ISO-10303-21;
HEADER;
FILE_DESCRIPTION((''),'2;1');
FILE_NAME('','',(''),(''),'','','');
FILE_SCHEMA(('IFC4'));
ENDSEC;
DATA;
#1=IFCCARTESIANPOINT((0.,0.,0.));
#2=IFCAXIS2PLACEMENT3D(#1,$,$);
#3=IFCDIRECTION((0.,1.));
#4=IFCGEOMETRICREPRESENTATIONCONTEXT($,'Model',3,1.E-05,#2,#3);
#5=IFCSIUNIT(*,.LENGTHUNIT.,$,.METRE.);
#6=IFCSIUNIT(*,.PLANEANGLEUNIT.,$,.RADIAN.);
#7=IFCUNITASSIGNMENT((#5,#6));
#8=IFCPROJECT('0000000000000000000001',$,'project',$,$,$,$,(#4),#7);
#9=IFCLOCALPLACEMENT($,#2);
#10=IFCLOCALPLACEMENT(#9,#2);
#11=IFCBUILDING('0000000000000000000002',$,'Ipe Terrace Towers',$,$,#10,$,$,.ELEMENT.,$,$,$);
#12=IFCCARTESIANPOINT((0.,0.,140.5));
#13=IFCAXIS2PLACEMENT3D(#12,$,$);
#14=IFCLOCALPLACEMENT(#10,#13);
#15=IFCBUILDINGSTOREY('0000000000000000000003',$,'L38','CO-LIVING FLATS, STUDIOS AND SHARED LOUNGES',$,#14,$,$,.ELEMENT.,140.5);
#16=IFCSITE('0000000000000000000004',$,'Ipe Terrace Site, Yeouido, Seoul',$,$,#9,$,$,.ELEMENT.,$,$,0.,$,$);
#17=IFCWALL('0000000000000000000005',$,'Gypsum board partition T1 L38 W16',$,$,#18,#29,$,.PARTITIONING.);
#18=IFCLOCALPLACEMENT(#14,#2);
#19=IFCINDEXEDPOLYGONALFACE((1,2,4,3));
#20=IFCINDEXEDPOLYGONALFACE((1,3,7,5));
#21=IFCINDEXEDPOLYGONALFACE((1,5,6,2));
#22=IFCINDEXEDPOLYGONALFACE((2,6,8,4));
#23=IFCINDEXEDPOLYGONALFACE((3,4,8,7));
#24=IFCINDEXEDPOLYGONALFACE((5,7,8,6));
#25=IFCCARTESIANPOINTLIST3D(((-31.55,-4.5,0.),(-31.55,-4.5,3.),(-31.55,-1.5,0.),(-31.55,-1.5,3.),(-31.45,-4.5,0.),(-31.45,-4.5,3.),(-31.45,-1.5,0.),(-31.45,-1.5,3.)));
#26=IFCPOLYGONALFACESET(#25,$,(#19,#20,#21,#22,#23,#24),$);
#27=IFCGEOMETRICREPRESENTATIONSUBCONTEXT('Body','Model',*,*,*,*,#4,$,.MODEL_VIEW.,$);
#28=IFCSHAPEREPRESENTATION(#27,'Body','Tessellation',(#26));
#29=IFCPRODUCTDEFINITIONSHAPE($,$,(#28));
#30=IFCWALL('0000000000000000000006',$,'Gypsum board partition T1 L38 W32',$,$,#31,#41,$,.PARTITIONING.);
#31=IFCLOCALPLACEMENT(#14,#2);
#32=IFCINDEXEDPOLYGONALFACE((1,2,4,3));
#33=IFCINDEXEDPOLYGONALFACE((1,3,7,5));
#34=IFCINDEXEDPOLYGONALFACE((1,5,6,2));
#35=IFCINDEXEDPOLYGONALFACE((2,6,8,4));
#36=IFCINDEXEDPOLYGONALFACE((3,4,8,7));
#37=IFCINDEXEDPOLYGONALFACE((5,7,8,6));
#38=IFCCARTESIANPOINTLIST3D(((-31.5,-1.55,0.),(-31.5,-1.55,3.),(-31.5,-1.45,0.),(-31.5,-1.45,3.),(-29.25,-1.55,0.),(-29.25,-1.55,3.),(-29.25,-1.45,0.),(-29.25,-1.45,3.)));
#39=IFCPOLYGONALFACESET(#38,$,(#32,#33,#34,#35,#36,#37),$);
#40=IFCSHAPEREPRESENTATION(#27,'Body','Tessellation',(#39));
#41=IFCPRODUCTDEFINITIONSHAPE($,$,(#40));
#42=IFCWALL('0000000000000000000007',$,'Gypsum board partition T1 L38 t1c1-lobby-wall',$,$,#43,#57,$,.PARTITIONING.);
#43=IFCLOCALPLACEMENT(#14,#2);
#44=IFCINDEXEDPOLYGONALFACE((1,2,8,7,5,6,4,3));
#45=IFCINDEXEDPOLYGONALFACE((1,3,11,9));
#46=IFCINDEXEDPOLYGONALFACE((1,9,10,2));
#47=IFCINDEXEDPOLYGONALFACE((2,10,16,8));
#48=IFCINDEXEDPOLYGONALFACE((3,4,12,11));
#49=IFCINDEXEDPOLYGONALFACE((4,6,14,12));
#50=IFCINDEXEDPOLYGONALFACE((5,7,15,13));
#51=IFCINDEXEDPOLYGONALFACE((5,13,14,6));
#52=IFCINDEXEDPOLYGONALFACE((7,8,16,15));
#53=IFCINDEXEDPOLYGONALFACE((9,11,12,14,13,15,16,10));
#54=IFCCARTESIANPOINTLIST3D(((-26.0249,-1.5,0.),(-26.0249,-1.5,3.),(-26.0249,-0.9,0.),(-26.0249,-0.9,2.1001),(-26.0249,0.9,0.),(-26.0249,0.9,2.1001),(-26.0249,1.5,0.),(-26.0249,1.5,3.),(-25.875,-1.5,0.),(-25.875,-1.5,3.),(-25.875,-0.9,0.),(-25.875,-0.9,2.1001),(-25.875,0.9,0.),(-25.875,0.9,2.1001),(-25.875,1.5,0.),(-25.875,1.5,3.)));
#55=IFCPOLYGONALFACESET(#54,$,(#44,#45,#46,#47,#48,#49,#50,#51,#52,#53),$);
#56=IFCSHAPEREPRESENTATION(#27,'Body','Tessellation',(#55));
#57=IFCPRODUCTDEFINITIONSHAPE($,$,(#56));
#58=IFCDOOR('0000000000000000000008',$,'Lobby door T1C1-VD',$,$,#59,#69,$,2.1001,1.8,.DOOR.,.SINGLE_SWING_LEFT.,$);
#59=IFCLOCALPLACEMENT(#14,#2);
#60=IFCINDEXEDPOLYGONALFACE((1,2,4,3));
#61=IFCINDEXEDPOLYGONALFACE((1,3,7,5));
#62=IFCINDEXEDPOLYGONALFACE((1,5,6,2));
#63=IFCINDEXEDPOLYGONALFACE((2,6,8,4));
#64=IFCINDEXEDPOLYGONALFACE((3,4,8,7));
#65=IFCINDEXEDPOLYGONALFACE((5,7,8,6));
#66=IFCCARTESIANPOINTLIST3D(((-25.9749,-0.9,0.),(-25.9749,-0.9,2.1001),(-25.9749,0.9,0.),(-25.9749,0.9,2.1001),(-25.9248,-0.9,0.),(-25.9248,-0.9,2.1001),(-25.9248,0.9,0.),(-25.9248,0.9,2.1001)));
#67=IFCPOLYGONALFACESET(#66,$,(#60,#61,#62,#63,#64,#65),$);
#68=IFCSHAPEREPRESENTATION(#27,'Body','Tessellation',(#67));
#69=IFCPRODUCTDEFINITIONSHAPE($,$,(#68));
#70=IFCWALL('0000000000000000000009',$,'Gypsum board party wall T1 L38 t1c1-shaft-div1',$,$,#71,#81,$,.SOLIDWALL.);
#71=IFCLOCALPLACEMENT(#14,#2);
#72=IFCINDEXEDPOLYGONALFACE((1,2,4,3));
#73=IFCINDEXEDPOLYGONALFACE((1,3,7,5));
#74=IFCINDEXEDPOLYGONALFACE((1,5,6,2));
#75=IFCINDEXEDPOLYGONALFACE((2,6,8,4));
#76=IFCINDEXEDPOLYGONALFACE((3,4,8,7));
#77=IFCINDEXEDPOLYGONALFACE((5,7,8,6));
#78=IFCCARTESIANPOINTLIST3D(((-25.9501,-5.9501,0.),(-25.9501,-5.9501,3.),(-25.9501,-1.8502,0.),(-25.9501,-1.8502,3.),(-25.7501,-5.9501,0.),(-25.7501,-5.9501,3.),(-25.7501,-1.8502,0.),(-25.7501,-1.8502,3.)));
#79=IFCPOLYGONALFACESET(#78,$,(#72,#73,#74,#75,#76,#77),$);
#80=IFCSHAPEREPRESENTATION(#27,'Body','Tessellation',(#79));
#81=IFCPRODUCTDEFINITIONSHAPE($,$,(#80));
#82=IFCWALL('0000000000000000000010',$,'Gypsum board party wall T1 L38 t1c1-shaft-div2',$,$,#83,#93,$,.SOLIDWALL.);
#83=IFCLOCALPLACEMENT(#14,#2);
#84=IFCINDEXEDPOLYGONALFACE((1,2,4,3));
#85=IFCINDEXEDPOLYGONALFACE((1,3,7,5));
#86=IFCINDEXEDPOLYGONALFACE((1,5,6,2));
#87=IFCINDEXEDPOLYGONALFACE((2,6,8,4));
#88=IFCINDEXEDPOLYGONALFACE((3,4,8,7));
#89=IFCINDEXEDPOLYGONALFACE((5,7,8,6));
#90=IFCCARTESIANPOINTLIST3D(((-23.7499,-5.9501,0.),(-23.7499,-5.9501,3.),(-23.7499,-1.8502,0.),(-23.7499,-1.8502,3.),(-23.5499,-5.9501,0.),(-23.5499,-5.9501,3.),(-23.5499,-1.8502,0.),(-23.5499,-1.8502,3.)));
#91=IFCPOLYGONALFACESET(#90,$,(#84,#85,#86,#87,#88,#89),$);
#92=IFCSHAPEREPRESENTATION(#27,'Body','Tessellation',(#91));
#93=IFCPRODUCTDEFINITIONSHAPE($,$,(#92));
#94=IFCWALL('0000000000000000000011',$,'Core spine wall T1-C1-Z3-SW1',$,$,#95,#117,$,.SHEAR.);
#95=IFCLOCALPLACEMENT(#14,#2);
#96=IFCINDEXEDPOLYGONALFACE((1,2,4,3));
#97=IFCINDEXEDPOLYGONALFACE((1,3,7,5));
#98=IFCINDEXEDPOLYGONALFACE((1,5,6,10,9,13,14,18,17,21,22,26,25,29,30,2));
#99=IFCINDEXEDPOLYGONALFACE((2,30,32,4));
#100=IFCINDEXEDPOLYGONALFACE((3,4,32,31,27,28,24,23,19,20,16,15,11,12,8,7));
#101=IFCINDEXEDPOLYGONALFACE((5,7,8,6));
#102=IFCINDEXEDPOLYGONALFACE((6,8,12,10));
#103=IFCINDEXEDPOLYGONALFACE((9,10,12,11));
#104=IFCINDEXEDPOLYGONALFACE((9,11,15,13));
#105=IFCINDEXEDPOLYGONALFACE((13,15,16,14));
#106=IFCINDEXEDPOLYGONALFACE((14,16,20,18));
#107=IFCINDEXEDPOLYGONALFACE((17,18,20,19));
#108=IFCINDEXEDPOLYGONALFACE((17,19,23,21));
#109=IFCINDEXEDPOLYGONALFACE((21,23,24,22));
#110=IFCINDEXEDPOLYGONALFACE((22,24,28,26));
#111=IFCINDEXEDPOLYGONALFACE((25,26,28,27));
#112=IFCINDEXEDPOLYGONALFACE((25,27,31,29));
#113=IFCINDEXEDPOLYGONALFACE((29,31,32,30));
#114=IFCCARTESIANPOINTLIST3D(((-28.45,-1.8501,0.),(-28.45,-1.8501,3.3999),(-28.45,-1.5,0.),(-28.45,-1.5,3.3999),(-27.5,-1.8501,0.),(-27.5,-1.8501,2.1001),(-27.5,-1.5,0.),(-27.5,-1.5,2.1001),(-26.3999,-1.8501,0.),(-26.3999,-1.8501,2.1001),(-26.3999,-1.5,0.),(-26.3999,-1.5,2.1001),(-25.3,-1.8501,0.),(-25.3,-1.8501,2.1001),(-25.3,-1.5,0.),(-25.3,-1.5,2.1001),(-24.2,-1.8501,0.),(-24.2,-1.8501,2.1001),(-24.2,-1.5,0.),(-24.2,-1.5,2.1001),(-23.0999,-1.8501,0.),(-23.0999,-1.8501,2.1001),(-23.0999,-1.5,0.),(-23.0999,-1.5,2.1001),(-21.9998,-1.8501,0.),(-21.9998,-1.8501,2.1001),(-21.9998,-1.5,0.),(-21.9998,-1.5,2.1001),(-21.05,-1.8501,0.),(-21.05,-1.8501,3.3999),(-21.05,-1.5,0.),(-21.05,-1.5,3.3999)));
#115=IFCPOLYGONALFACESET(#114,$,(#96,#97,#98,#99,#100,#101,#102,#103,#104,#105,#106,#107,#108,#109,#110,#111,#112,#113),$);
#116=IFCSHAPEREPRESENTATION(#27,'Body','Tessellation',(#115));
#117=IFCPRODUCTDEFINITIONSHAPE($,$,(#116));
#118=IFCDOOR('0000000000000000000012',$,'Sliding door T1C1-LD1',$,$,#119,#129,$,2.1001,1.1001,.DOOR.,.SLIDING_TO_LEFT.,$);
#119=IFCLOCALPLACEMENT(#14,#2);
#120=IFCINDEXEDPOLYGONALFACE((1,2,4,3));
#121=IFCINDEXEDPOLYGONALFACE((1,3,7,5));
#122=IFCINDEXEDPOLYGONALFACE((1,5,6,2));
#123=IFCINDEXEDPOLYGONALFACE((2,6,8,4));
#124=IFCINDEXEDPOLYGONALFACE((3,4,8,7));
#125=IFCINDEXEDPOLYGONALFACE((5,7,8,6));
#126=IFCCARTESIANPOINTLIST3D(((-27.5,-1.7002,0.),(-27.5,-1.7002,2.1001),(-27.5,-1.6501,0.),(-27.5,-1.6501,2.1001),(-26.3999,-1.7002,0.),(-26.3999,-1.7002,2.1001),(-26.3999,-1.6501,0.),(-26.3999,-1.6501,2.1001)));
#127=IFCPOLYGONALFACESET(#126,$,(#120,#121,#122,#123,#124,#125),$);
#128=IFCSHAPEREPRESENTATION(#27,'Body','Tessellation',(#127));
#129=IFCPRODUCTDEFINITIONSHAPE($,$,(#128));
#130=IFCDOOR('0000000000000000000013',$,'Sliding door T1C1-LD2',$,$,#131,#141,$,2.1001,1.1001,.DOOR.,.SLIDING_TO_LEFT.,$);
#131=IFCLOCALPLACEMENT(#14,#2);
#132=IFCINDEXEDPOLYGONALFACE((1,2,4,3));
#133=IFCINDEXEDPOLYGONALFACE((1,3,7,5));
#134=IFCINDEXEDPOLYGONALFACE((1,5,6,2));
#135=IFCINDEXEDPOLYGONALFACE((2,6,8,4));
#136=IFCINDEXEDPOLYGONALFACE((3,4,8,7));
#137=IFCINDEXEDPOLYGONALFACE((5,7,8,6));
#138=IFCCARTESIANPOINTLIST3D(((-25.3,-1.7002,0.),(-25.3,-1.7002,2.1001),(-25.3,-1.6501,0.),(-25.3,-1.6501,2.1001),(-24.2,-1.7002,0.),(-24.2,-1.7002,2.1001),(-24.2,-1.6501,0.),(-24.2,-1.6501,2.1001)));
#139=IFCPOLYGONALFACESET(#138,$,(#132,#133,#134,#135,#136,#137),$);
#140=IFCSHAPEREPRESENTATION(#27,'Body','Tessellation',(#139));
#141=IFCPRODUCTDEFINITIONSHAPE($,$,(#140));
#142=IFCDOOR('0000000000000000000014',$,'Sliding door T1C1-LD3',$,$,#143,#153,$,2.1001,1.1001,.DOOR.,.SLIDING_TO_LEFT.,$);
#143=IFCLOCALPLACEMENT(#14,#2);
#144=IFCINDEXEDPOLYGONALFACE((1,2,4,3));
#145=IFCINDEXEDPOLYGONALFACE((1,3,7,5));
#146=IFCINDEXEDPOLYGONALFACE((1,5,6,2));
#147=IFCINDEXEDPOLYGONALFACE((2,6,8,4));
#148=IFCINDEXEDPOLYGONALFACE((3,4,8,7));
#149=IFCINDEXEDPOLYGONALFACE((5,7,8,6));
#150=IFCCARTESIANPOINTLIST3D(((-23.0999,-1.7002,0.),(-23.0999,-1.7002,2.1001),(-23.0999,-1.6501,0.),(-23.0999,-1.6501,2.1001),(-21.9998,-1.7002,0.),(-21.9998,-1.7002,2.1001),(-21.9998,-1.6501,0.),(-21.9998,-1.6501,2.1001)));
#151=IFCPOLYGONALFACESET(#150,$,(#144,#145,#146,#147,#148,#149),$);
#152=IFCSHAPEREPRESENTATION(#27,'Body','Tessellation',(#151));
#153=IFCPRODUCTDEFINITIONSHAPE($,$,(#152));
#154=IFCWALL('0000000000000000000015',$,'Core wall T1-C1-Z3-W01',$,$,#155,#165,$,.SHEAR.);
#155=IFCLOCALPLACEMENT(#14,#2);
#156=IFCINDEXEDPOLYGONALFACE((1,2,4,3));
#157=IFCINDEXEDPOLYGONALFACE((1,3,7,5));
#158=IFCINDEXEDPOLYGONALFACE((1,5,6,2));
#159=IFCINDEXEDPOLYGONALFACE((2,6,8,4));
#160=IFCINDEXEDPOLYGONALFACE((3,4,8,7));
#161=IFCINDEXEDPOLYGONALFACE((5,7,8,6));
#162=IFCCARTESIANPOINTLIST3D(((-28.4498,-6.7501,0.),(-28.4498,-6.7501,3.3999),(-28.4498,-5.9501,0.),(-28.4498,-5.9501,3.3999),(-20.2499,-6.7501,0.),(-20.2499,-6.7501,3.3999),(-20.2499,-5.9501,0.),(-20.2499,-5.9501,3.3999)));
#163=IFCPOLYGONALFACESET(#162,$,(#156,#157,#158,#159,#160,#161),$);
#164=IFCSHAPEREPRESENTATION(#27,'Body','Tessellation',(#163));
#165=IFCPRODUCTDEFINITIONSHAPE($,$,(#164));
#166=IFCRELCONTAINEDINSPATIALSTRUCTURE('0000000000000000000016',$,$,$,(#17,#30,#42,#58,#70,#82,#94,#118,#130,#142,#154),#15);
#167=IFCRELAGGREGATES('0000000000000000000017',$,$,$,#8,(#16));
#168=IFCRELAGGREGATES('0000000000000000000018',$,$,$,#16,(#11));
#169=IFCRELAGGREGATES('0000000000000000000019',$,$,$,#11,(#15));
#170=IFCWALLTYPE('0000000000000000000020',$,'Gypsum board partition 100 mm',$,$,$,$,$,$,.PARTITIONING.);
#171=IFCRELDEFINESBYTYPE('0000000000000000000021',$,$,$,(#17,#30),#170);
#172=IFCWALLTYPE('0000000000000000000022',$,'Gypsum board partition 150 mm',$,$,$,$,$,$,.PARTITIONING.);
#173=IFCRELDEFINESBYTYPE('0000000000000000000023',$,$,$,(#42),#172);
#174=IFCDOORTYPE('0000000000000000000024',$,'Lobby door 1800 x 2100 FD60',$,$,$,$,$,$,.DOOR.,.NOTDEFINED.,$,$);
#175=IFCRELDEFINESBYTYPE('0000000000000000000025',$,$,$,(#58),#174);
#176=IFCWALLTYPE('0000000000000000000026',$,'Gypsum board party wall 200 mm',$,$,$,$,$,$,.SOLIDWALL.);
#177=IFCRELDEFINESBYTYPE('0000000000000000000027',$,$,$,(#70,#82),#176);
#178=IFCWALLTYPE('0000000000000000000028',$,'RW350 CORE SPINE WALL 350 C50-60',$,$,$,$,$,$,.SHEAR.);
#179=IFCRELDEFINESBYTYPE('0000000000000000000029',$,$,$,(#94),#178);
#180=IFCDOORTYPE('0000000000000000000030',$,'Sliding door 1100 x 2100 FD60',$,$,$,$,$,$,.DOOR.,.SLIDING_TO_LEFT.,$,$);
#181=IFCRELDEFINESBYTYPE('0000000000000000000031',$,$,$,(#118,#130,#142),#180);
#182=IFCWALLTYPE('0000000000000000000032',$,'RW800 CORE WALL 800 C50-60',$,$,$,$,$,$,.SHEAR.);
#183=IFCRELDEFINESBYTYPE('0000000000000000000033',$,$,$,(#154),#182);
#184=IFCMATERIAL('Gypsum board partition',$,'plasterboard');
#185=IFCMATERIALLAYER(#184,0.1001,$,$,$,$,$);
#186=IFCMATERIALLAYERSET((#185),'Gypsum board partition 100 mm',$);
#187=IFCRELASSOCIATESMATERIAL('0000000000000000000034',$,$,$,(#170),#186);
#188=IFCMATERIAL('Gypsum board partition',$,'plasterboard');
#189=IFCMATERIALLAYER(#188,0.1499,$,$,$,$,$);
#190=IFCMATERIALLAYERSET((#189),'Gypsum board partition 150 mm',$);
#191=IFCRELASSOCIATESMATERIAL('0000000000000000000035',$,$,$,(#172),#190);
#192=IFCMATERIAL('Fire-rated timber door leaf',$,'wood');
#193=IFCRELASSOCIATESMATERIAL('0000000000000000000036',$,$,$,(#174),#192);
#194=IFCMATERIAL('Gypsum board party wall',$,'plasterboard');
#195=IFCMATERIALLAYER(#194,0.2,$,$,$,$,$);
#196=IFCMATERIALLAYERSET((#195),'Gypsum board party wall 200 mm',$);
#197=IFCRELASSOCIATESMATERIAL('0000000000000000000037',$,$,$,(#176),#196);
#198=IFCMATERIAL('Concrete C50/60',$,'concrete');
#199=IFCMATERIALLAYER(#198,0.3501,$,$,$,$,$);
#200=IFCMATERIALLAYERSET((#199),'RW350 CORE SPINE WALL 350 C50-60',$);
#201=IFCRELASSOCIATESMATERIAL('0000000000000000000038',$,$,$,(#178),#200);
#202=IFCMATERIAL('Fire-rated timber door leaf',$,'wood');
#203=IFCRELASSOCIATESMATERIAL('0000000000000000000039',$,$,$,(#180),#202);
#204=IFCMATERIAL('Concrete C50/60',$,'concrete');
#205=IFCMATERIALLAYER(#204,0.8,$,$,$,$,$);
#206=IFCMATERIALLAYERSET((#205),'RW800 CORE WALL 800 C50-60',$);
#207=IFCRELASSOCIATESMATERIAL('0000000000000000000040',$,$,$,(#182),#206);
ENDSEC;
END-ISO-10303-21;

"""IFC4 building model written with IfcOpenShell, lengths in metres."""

from ifc_helpers import new_model, si_unit, direction, frame, frame_2d, origin, place, context, subcontext, project, spatial, rectangle, extrude, material, layer, layer_set, type_object, element, fill, save


model = new_model("IFC4")

# Units and contexts
model_context = context("Model", 3, precision=1e-05, world=origin(), true_north=direction((0.0, 1.0)))
body_context = subcontext(model_context, "Body", "Model", "MODEL_VIEW")
ifc_project = project(units=[si_unit("LENGTHUNIT", "METRE"), si_unit("PLANEANGLEUNIT", "RADIAN")], contexts=[model_context])

# Site, building, storey
site_placement = place(None, origin())
site = spatial("IfcSite", under=ifc_project, at=site_placement, Name="Ipe Terrace Site, Yeouido, Seoul", CompositionType="ELEMENT", RefElevation=0.0)
building_placement = place(site_placement, origin())
building = spatial("IfcBuilding", under=site, at=building_placement, Name="Ipe Terrace Towers", CompositionType="ELEMENT")
storey_placement = place(building_placement, frame((0.0, 0.0, 140.5)))
storey = spatial("IfcBuildingStorey", under=building, at=storey_placement, Name="L38", Description="CO-LIVING FLATS, STUDIOS AND SHARED LOUNGES", CompositionType="ELEMENT", Elevation=140.5)

# Walls
ifc_material_1 = material(Name="Gypsum board partition", Category="plasterboard")
ifc_layer_1 = layer(ifc_material_1, 0.1001)
ifc_layer_set_1 = layer_set([ifc_layer_1], Name="Gypsum board partition 100 mm")
wall_type_1 = type_object("IfcWallType", Name="Gypsum board partition 100 mm", PredefinedType="PARTITIONING", material=ifc_layer_set_1)
wall_1_placement = place(storey_placement, frame((-31.5, -4.5, 0.0), z_axis=(0.0, 0.0, 1.0), x_axis=(0.0, 1.0, 0.0)))
element("IfcWall", 1, at=wall_1_placement, inside=storey, type_object=wall_type_1, Name="Gypsum board partition T1 L38 W16", PredefinedType="PARTITIONING", context=body_context, shape_type="SweptSolid", body=[
    extrude(rectangle(XDim=3.0, YDim=0.1001, at=frame_2d((1.5, 0.0))), origin(), (0.0, 0.0, 1.0), 3.0),
])
wall_2_placement = place(storey_placement, frame((-31.5, -1.5, 0.0), z_axis=(0.0, 0.0, 1.0), x_axis=(1.0, 0.0, 0.0)))
element("IfcWall", 2, at=wall_2_placement, inside=storey, type_object=wall_type_1, Name="Gypsum board partition T1 L38 W32", PredefinedType="PARTITIONING", context=body_context, shape_type="SweptSolid", body=[
    extrude(rectangle(XDim=2.25, YDim=0.1001, at=frame_2d((1.125, 0.0))), origin(), (0.0, 0.0, 1.0), 3.0),
])

# Wall, opening, door
ifc_material_2 = material(Name="Gypsum board partition", Category="plasterboard")
ifc_layer_2 = layer(ifc_material_2, 0.1499)
ifc_layer_set_2 = layer_set([ifc_layer_2], Name="Gypsum board partition 150 mm")
wall_type_2 = type_object("IfcWallType", Name="Gypsum board partition 150 mm", PredefinedType="PARTITIONING", material=ifc_layer_set_2)
wall_3_placement = place(storey_placement, frame((-25.95, -1.5, 0.0), z_axis=(0.0, 0.0, 1.0), x_axis=(0.0, 1.0, 0.0)))
wall_3 = element("IfcWall", 3, at=wall_3_placement, inside=storey, type_object=wall_type_2, Name="Gypsum board partition T1 L38 t1c1-lobby-wall", PredefinedType="PARTITIONING", context=body_context, shape_type="SweptSolid", body=[
    extrude(rectangle(XDim=3.0, YDim=0.1499, at=frame_2d((1.5, 0.0))), origin(), (0.0, 0.0, 1.0), 3.0),
])
opening_1_placement = place(wall_3_placement, frame((0.6001, 0.0, 0.0)))
opening_1 = element("IfcOpeningElement", 4, at=opening_1_placement, cuts=wall_3, PredefinedType="OPENING", context=body_context, shape_type="SweptSolid", body=[
    extrude(rectangle(XDim=1.8, YDim=2.1001, at=frame_2d((0.8999, 1.05))), frame((0.0, 0.085, 0.0), z_axis=(0.0, -1.0, 0.0), x_axis=(1.0, 0.0, 0.0)), (0.0, 0.0, 1.0), 0.1699),
])
ifc_material_3 = material(Name="Fire-rated timber door leaf", Category="wood")
door_type_1 = type_object("IfcDoorType", Name="Lobby door 1800 x 2100 FD60", OperationType="NOTDEFINED", PredefinedType="DOOR", material=ifc_material_3)
door_1_placement = place(opening_1_placement, origin())
door_1 = element("IfcDoor", 5, at=door_1_placement, inside=storey, type_object=door_type_1, Name="Lobby door T1C1-VD", OperationType="SINGLE_SWING_LEFT", OverallHeight=2.1001, OverallWidth=1.8, PredefinedType="DOOR", context=body_context, shape_type="SweptSolid", body=[
    extrude(rectangle(XDim=1.8, YDim=2.1001, at=frame_2d((0.8999, 1.05))), frame((0.0, 0.0249, 0.0), z_axis=(0.0, -1.0, 0.0), x_axis=(1.0, 0.0, 0.0)), (0.0, 0.0, 1.0), 0.05),
])
fill(opening_1, door_1)

# Walls
ifc_material_4 = material(Name="Gypsum board party wall", Category="plasterboard")
ifc_layer_3 = layer(ifc_material_4, 0.2)
ifc_layer_set_3 = layer_set([ifc_layer_3], Name="Gypsum board party wall 200 mm")
wall_type_3 = type_object("IfcWallType", Name="Gypsum board party wall 200 mm", PredefinedType="SOLIDWALL", material=ifc_layer_set_3)
for number, where, z_axis, x_axis, name in (
    (6, (-25.8501, -5.95, 0.0), (0.0, 0.0, 1.0), (0.0, 1.0, 0.0), "Gypsum board party wall T1 L38 t1c1-shaft-div1"),
    (7, (-23.6499, -5.95, 0.0), (0.0, 0.0, 1.0), (0.0, 1.0, 0.0), "Gypsum board party wall T1 L38 t1c1-shaft-div2"),
):
    element("IfcWall", number, at=place(storey_placement, frame(where, z_axis=z_axis, x_axis=x_axis)), inside=storey, type_object=wall_type_3, Name=name, PredefinedType="SOLIDWALL", context=body_context, shape_type="SweptSolid", body=[
        extrude(rectangle(XDim=4.0999, YDim=0.2, at=frame_2d((2.0498, 0.0))), origin(), (0.0, 0.0, 1.0), 3.0),
    ])

# Wall, openings, doors
ifc_material_5 = material(Name="Concrete C50/60", Category="concrete")
ifc_layer_4 = layer(ifc_material_5, 0.3501)
ifc_layer_set_4 = layer_set([ifc_layer_4], Name="RW350 CORE SPINE WALL 350 C50-60")
wall_type_4 = type_object("IfcWallType", Name="RW350 CORE SPINE WALL 350 C50-60", PredefinedType="SHEAR", material=ifc_layer_set_4)
wall_4_placement = place(storey_placement, frame((-28.45, -1.675, 0.0), z_axis=(0.0, 0.0, 1.0), x_axis=(1.0, 0.0, 0.0)))
wall_4 = element("IfcWall", 8, at=wall_4_placement, inside=storey, type_object=wall_type_4, Name="Core spine wall T1-C1-Z3-SW1", PredefinedType="SHEAR", context=body_context, shape_type="SweptSolid", body=[
    extrude(rectangle(XDim=7.3999, YDim=0.3501, at=frame_2d((3.7, 0.0))), origin(), (0.0, 0.0, 1.0), 3.3999),
])
opening_2_placement = place(wall_4_placement, frame((0.95, 0.0, 0.0)))
opening_2 = element("IfcOpeningElement", 9, at=opening_2_placement, cuts=wall_4, PredefinedType="OPENING", context=body_context, shape_type="SweptSolid", body=[
    extrude(rectangle(XDim=1.1001, YDim=2.1001, at=frame_2d((0.55, 1.05))), frame((0.0, 0.1851, 0.0), z_axis=(0.0, -1.0, 0.0), x_axis=(1.0, 0.0, 0.0)), (0.0, 0.0, 1.0), 0.3701),
])
opening_3_placement = place(wall_4_placement, frame((3.1499, 0.0, 0.0)))
opening_3 = element("IfcOpeningElement", 10, at=opening_3_placement, cuts=wall_4, PredefinedType="OPENING", context=body_context, shape_type="SweptSolid", body=[
    extrude(rectangle(XDim=1.1001, YDim=2.1001, at=frame_2d((0.55, 1.05))), frame((0.0, 0.1851, 0.0), z_axis=(0.0, -1.0, 0.0), x_axis=(1.0, 0.0, 0.0)), (0.0, 0.0, 1.0), 0.3701),
])
opening_4_placement = place(wall_4_placement, frame((5.3501, 0.0, 0.0)))
opening_4 = element("IfcOpeningElement", 11, at=opening_4_placement, cuts=wall_4, PredefinedType="OPENING", context=body_context, shape_type="SweptSolid", body=[
    extrude(rectangle(XDim=1.1001, YDim=2.1001, at=frame_2d((0.55, 1.05))), frame((0.0, 0.1851, 0.0), z_axis=(0.0, -1.0, 0.0), x_axis=(1.0, 0.0, 0.0)), (0.0, 0.0, 1.0), 0.3701),
])
ifc_material_6 = material(Name="Fire-rated timber door leaf", Category="wood")
door_type_2 = type_object("IfcDoorType", Name="Sliding door 1100 x 2100 FD60", OperationType="SLIDING_TO_LEFT", PredefinedType="DOOR", material=ifc_material_6)
door_2_placement = place(opening_2_placement, origin())
door_2 = element("IfcDoor", 12, at=door_2_placement, inside=storey, type_object=door_type_2, Name="Sliding door T1C1-LD1", OperationType="SLIDING_TO_LEFT", OverallHeight=2.1001, OverallWidth=1.1001, PredefinedType="DOOR", context=body_context, shape_type="SweptSolid", body=[
    extrude(rectangle(XDim=1.1001, YDim=2.1001, at=frame_2d((0.55, 1.05))), frame((0.0, 0.0249, 0.0), z_axis=(0.0, -1.0, 0.0), x_axis=(1.0, 0.0, 0.0)), (0.0, 0.0, 1.0), 0.05),
])
fill(opening_2, door_2)
door_3_placement = place(opening_3_placement, origin())
door_3 = element("IfcDoor", 13, at=door_3_placement, inside=storey, type_object=door_type_2, Name="Sliding door T1C1-LD2", OperationType="SLIDING_TO_LEFT", OverallHeight=2.1001, OverallWidth=1.1001, PredefinedType="DOOR", context=body_context, shape_type="SweptSolid", body=[
    extrude(rectangle(XDim=1.1001, YDim=2.1001, at=frame_2d((0.55, 1.05))), frame((0.0, 0.0249, 0.0), z_axis=(0.0, -1.0, 0.0), x_axis=(1.0, 0.0, 0.0)), (0.0, 0.0, 1.0), 0.05),
])
fill(opening_3, door_3)
door_4_placement = place(opening_4_placement, origin())
door_4 = element("IfcDoor", 14, at=door_4_placement, inside=storey, type_object=door_type_2, Name="Sliding door T1C1-LD3", OperationType="SLIDING_TO_LEFT", OverallHeight=2.1001, OverallWidth=1.1001, PredefinedType="DOOR", context=body_context, shape_type="SweptSolid", body=[
    extrude(rectangle(XDim=1.1001, YDim=2.1001, at=frame_2d((0.55, 1.05))), frame((0.0, 0.0249, 0.0), z_axis=(0.0, -1.0, 0.0), x_axis=(1.0, 0.0, 0.0)), (0.0, 0.0, 1.0), 0.05),
])
fill(opening_4, door_4)

# Wall
ifc_material_7 = material(Name="Concrete C50/60", Category="concrete")
ifc_layer_5 = layer(ifc_material_7, 0.8)
ifc_layer_set_5 = layer_set([ifc_layer_5], Name="RW800 CORE WALL 800 C50-60")
wall_type_5 = type_object("IfcWallType", Name="RW800 CORE WALL 800 C50-60", PredefinedType="SHEAR", material=ifc_layer_set_5)
wall_5_placement = place(storey_placement, frame((-28.45, -6.3501, 0.0), z_axis=(0.0, 0.0, 1.0), x_axis=(1.0, 0.0, 0.0)))
element("IfcWall", 15, at=wall_5_placement, inside=storey, type_object=wall_type_5, Name="Core wall T1-C1-Z3-W01", PredefinedType="SHEAR", context=body_context, shape_type="SweptSolid", body=[
    extrude(rectangle(XDim=8.2, YDim=0.8, at=frame_2d((4.1001, 0.0))), origin(), (0.0, 0.0, 1.0), 3.3999),
])

save(model, "model.ifc")
